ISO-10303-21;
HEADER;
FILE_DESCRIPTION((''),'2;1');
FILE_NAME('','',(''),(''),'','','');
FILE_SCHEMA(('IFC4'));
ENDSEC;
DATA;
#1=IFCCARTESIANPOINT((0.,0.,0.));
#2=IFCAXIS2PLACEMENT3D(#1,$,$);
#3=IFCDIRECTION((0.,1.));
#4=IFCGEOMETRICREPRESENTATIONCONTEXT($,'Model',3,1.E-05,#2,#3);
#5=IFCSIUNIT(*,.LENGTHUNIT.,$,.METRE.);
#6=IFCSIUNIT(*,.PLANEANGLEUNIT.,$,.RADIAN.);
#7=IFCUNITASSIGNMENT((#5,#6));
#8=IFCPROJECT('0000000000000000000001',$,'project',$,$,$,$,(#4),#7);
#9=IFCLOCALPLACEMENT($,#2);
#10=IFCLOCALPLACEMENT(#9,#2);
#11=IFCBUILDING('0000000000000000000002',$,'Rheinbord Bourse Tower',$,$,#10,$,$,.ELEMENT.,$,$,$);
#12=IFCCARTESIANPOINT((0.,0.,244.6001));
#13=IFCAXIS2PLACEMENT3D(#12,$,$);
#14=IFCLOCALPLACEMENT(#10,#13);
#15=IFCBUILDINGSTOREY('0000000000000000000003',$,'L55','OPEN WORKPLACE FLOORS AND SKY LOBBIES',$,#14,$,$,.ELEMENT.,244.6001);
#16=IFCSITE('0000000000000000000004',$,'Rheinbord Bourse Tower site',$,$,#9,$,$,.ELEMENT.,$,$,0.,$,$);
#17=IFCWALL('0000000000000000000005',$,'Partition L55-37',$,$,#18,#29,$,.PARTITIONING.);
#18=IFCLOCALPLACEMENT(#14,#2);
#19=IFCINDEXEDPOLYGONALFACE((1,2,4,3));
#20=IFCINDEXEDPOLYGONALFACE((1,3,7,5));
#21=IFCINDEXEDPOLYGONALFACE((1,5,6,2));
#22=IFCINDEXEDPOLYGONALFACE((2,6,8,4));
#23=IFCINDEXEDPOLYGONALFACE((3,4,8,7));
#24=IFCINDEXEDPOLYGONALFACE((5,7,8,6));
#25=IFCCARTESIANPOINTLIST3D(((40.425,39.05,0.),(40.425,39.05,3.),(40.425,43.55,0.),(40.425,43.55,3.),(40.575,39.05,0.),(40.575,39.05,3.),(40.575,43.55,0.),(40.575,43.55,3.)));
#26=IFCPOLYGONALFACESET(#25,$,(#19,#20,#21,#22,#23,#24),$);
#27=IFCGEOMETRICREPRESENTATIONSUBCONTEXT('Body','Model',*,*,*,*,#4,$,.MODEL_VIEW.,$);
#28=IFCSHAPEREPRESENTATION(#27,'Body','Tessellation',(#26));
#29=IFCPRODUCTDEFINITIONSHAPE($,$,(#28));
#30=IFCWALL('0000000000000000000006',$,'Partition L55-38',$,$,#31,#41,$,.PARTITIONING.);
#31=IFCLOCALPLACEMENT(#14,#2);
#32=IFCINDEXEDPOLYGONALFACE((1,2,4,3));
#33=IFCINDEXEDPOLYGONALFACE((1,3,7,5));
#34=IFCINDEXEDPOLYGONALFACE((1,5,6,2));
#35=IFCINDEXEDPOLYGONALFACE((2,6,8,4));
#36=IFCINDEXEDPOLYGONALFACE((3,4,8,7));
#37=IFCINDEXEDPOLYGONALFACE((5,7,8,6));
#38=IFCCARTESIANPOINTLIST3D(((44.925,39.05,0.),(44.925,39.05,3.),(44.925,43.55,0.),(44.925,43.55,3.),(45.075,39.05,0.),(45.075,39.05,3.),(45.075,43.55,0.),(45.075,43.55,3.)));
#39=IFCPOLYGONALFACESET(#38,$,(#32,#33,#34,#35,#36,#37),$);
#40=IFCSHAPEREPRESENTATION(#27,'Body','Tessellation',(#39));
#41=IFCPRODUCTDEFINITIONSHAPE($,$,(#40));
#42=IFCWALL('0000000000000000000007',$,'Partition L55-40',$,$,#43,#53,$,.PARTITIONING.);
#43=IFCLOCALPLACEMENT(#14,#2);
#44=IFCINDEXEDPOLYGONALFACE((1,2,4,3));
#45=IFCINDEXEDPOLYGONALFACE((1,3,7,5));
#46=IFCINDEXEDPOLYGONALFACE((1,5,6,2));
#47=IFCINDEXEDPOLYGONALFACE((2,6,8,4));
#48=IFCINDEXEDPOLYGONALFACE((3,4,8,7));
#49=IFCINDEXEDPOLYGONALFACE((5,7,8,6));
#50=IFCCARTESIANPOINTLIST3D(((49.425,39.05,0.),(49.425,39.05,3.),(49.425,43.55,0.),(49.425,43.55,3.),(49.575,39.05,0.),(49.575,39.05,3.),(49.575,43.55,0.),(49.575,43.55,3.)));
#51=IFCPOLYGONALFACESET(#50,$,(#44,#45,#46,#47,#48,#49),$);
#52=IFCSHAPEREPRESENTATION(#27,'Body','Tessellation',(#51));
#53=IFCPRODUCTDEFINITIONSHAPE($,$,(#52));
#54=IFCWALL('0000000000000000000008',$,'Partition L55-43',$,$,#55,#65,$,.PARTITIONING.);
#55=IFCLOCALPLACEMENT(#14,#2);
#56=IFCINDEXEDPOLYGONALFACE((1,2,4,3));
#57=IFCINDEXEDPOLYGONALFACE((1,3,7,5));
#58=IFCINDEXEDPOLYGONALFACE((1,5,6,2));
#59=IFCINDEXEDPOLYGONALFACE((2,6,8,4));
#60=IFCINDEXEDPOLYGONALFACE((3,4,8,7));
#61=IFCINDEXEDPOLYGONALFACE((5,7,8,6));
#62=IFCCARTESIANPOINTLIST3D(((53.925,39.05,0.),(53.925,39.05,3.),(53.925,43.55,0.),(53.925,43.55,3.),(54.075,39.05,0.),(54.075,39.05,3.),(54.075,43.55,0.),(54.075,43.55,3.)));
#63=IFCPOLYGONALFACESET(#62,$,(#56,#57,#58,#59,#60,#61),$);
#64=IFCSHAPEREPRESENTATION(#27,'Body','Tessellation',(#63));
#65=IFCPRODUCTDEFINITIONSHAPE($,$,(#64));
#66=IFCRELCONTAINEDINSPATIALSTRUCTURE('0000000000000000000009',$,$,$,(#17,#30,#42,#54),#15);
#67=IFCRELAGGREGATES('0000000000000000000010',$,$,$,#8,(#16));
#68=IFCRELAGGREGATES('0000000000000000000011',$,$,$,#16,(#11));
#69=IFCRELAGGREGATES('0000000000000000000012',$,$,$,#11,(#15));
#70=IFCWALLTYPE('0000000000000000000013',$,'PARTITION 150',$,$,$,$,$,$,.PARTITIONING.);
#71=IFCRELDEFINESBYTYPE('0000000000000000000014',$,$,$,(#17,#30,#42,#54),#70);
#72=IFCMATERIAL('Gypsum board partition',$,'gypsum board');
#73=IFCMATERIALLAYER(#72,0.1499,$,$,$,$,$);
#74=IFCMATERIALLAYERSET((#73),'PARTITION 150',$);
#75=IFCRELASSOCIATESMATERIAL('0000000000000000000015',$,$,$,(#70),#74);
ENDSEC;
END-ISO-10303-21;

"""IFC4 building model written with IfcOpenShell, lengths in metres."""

from ifc_helpers import new_model, si_unit, direction, frame, frame_2d, origin, place, context, subcontext, project, spatial, rectangle, extrude, material, layer, layer_set, type_object, element, save


model = new_model("IFC4")

# Units and contexts
model_context = context("Model", 3, precision=1e-05, world=origin(), true_north=direction((0.0, 1.0)))
body_context = subcontext(model_context, "Body", "Model", "MODEL_VIEW")
ifc_project = project(units=[si_unit("LENGTHUNIT", "METRE"), si_unit("PLANEANGLEUNIT", "RADIAN")], contexts=[model_context])

# Site, building, storey
site_placement = place(None, origin())
site = spatial("IfcSite", under=ifc_project, at=site_placement, Name="Rheinbord Bourse Tower site", CompositionType="ELEMENT", RefElevation=0.0)
building_placement = place(site_placement, origin())
building = spatial("IfcBuilding", under=site, at=building_placement, Name="Rheinbord Bourse Tower", CompositionType="ELEMENT")
storey_placement = place(building_placement, frame((0.0, 0.0, 244.6001)))
storey = spatial("IfcBuildingStorey", under=building, at=storey_placement, Name="L55", Description="OPEN WORKPLACE FLOORS AND SKY LOBBIES", CompositionType="ELEMENT", Elevation=244.6001)

# Walls
ifc_material_1 = material(Name="Gypsum board partition", Category="gypsum board")
ifc_layer_1 = layer(ifc_material_1, 0.1499)
ifc_layer_set_1 = layer_set([ifc_layer_1], Name="PARTITION 150")
wall_type = type_object("IfcWallType", Name="PARTITION 150", PredefinedType="PARTITIONING", material=ifc_layer_set_1)
for number, where, z_axis, x_axis, name in (
    (1, (40.5, 39.05, 0.0), (0.0, 0.0, 1.0), (0.0, 1.0, 0.0), "Partition L55-37"),
    (2, (45.0, 39.05, 0.0), (0.0, 0.0, 1.0), (0.0, 1.0, 0.0), "Partition L55-38"),
    (3, (49.5, 39.05, 0.0), (0.0, 0.0, 1.0), (0.0, 1.0, 0.0), "Partition L55-40"),
    (4, (54.0, 39.05, 0.0), (0.0, 0.0, 1.0), (0.0, 1.0, 0.0), "Partition L55-43"),
):
    element("IfcWall", number, at=place(storey_placement, frame(where, z_axis=z_axis, x_axis=x_axis)), inside=storey, type_object=wall_type, Name=name, PredefinedType="PARTITIONING", context=body_context, shape_type="SweptSolid", body=[
        extrude(rectangle(XDim=4.5, YDim=0.1499, at=frame_2d((2.25, 0.0))), origin(), (0.0, 0.0, 1.0), 3.0),
    ])

save(model, "model.ifc")
